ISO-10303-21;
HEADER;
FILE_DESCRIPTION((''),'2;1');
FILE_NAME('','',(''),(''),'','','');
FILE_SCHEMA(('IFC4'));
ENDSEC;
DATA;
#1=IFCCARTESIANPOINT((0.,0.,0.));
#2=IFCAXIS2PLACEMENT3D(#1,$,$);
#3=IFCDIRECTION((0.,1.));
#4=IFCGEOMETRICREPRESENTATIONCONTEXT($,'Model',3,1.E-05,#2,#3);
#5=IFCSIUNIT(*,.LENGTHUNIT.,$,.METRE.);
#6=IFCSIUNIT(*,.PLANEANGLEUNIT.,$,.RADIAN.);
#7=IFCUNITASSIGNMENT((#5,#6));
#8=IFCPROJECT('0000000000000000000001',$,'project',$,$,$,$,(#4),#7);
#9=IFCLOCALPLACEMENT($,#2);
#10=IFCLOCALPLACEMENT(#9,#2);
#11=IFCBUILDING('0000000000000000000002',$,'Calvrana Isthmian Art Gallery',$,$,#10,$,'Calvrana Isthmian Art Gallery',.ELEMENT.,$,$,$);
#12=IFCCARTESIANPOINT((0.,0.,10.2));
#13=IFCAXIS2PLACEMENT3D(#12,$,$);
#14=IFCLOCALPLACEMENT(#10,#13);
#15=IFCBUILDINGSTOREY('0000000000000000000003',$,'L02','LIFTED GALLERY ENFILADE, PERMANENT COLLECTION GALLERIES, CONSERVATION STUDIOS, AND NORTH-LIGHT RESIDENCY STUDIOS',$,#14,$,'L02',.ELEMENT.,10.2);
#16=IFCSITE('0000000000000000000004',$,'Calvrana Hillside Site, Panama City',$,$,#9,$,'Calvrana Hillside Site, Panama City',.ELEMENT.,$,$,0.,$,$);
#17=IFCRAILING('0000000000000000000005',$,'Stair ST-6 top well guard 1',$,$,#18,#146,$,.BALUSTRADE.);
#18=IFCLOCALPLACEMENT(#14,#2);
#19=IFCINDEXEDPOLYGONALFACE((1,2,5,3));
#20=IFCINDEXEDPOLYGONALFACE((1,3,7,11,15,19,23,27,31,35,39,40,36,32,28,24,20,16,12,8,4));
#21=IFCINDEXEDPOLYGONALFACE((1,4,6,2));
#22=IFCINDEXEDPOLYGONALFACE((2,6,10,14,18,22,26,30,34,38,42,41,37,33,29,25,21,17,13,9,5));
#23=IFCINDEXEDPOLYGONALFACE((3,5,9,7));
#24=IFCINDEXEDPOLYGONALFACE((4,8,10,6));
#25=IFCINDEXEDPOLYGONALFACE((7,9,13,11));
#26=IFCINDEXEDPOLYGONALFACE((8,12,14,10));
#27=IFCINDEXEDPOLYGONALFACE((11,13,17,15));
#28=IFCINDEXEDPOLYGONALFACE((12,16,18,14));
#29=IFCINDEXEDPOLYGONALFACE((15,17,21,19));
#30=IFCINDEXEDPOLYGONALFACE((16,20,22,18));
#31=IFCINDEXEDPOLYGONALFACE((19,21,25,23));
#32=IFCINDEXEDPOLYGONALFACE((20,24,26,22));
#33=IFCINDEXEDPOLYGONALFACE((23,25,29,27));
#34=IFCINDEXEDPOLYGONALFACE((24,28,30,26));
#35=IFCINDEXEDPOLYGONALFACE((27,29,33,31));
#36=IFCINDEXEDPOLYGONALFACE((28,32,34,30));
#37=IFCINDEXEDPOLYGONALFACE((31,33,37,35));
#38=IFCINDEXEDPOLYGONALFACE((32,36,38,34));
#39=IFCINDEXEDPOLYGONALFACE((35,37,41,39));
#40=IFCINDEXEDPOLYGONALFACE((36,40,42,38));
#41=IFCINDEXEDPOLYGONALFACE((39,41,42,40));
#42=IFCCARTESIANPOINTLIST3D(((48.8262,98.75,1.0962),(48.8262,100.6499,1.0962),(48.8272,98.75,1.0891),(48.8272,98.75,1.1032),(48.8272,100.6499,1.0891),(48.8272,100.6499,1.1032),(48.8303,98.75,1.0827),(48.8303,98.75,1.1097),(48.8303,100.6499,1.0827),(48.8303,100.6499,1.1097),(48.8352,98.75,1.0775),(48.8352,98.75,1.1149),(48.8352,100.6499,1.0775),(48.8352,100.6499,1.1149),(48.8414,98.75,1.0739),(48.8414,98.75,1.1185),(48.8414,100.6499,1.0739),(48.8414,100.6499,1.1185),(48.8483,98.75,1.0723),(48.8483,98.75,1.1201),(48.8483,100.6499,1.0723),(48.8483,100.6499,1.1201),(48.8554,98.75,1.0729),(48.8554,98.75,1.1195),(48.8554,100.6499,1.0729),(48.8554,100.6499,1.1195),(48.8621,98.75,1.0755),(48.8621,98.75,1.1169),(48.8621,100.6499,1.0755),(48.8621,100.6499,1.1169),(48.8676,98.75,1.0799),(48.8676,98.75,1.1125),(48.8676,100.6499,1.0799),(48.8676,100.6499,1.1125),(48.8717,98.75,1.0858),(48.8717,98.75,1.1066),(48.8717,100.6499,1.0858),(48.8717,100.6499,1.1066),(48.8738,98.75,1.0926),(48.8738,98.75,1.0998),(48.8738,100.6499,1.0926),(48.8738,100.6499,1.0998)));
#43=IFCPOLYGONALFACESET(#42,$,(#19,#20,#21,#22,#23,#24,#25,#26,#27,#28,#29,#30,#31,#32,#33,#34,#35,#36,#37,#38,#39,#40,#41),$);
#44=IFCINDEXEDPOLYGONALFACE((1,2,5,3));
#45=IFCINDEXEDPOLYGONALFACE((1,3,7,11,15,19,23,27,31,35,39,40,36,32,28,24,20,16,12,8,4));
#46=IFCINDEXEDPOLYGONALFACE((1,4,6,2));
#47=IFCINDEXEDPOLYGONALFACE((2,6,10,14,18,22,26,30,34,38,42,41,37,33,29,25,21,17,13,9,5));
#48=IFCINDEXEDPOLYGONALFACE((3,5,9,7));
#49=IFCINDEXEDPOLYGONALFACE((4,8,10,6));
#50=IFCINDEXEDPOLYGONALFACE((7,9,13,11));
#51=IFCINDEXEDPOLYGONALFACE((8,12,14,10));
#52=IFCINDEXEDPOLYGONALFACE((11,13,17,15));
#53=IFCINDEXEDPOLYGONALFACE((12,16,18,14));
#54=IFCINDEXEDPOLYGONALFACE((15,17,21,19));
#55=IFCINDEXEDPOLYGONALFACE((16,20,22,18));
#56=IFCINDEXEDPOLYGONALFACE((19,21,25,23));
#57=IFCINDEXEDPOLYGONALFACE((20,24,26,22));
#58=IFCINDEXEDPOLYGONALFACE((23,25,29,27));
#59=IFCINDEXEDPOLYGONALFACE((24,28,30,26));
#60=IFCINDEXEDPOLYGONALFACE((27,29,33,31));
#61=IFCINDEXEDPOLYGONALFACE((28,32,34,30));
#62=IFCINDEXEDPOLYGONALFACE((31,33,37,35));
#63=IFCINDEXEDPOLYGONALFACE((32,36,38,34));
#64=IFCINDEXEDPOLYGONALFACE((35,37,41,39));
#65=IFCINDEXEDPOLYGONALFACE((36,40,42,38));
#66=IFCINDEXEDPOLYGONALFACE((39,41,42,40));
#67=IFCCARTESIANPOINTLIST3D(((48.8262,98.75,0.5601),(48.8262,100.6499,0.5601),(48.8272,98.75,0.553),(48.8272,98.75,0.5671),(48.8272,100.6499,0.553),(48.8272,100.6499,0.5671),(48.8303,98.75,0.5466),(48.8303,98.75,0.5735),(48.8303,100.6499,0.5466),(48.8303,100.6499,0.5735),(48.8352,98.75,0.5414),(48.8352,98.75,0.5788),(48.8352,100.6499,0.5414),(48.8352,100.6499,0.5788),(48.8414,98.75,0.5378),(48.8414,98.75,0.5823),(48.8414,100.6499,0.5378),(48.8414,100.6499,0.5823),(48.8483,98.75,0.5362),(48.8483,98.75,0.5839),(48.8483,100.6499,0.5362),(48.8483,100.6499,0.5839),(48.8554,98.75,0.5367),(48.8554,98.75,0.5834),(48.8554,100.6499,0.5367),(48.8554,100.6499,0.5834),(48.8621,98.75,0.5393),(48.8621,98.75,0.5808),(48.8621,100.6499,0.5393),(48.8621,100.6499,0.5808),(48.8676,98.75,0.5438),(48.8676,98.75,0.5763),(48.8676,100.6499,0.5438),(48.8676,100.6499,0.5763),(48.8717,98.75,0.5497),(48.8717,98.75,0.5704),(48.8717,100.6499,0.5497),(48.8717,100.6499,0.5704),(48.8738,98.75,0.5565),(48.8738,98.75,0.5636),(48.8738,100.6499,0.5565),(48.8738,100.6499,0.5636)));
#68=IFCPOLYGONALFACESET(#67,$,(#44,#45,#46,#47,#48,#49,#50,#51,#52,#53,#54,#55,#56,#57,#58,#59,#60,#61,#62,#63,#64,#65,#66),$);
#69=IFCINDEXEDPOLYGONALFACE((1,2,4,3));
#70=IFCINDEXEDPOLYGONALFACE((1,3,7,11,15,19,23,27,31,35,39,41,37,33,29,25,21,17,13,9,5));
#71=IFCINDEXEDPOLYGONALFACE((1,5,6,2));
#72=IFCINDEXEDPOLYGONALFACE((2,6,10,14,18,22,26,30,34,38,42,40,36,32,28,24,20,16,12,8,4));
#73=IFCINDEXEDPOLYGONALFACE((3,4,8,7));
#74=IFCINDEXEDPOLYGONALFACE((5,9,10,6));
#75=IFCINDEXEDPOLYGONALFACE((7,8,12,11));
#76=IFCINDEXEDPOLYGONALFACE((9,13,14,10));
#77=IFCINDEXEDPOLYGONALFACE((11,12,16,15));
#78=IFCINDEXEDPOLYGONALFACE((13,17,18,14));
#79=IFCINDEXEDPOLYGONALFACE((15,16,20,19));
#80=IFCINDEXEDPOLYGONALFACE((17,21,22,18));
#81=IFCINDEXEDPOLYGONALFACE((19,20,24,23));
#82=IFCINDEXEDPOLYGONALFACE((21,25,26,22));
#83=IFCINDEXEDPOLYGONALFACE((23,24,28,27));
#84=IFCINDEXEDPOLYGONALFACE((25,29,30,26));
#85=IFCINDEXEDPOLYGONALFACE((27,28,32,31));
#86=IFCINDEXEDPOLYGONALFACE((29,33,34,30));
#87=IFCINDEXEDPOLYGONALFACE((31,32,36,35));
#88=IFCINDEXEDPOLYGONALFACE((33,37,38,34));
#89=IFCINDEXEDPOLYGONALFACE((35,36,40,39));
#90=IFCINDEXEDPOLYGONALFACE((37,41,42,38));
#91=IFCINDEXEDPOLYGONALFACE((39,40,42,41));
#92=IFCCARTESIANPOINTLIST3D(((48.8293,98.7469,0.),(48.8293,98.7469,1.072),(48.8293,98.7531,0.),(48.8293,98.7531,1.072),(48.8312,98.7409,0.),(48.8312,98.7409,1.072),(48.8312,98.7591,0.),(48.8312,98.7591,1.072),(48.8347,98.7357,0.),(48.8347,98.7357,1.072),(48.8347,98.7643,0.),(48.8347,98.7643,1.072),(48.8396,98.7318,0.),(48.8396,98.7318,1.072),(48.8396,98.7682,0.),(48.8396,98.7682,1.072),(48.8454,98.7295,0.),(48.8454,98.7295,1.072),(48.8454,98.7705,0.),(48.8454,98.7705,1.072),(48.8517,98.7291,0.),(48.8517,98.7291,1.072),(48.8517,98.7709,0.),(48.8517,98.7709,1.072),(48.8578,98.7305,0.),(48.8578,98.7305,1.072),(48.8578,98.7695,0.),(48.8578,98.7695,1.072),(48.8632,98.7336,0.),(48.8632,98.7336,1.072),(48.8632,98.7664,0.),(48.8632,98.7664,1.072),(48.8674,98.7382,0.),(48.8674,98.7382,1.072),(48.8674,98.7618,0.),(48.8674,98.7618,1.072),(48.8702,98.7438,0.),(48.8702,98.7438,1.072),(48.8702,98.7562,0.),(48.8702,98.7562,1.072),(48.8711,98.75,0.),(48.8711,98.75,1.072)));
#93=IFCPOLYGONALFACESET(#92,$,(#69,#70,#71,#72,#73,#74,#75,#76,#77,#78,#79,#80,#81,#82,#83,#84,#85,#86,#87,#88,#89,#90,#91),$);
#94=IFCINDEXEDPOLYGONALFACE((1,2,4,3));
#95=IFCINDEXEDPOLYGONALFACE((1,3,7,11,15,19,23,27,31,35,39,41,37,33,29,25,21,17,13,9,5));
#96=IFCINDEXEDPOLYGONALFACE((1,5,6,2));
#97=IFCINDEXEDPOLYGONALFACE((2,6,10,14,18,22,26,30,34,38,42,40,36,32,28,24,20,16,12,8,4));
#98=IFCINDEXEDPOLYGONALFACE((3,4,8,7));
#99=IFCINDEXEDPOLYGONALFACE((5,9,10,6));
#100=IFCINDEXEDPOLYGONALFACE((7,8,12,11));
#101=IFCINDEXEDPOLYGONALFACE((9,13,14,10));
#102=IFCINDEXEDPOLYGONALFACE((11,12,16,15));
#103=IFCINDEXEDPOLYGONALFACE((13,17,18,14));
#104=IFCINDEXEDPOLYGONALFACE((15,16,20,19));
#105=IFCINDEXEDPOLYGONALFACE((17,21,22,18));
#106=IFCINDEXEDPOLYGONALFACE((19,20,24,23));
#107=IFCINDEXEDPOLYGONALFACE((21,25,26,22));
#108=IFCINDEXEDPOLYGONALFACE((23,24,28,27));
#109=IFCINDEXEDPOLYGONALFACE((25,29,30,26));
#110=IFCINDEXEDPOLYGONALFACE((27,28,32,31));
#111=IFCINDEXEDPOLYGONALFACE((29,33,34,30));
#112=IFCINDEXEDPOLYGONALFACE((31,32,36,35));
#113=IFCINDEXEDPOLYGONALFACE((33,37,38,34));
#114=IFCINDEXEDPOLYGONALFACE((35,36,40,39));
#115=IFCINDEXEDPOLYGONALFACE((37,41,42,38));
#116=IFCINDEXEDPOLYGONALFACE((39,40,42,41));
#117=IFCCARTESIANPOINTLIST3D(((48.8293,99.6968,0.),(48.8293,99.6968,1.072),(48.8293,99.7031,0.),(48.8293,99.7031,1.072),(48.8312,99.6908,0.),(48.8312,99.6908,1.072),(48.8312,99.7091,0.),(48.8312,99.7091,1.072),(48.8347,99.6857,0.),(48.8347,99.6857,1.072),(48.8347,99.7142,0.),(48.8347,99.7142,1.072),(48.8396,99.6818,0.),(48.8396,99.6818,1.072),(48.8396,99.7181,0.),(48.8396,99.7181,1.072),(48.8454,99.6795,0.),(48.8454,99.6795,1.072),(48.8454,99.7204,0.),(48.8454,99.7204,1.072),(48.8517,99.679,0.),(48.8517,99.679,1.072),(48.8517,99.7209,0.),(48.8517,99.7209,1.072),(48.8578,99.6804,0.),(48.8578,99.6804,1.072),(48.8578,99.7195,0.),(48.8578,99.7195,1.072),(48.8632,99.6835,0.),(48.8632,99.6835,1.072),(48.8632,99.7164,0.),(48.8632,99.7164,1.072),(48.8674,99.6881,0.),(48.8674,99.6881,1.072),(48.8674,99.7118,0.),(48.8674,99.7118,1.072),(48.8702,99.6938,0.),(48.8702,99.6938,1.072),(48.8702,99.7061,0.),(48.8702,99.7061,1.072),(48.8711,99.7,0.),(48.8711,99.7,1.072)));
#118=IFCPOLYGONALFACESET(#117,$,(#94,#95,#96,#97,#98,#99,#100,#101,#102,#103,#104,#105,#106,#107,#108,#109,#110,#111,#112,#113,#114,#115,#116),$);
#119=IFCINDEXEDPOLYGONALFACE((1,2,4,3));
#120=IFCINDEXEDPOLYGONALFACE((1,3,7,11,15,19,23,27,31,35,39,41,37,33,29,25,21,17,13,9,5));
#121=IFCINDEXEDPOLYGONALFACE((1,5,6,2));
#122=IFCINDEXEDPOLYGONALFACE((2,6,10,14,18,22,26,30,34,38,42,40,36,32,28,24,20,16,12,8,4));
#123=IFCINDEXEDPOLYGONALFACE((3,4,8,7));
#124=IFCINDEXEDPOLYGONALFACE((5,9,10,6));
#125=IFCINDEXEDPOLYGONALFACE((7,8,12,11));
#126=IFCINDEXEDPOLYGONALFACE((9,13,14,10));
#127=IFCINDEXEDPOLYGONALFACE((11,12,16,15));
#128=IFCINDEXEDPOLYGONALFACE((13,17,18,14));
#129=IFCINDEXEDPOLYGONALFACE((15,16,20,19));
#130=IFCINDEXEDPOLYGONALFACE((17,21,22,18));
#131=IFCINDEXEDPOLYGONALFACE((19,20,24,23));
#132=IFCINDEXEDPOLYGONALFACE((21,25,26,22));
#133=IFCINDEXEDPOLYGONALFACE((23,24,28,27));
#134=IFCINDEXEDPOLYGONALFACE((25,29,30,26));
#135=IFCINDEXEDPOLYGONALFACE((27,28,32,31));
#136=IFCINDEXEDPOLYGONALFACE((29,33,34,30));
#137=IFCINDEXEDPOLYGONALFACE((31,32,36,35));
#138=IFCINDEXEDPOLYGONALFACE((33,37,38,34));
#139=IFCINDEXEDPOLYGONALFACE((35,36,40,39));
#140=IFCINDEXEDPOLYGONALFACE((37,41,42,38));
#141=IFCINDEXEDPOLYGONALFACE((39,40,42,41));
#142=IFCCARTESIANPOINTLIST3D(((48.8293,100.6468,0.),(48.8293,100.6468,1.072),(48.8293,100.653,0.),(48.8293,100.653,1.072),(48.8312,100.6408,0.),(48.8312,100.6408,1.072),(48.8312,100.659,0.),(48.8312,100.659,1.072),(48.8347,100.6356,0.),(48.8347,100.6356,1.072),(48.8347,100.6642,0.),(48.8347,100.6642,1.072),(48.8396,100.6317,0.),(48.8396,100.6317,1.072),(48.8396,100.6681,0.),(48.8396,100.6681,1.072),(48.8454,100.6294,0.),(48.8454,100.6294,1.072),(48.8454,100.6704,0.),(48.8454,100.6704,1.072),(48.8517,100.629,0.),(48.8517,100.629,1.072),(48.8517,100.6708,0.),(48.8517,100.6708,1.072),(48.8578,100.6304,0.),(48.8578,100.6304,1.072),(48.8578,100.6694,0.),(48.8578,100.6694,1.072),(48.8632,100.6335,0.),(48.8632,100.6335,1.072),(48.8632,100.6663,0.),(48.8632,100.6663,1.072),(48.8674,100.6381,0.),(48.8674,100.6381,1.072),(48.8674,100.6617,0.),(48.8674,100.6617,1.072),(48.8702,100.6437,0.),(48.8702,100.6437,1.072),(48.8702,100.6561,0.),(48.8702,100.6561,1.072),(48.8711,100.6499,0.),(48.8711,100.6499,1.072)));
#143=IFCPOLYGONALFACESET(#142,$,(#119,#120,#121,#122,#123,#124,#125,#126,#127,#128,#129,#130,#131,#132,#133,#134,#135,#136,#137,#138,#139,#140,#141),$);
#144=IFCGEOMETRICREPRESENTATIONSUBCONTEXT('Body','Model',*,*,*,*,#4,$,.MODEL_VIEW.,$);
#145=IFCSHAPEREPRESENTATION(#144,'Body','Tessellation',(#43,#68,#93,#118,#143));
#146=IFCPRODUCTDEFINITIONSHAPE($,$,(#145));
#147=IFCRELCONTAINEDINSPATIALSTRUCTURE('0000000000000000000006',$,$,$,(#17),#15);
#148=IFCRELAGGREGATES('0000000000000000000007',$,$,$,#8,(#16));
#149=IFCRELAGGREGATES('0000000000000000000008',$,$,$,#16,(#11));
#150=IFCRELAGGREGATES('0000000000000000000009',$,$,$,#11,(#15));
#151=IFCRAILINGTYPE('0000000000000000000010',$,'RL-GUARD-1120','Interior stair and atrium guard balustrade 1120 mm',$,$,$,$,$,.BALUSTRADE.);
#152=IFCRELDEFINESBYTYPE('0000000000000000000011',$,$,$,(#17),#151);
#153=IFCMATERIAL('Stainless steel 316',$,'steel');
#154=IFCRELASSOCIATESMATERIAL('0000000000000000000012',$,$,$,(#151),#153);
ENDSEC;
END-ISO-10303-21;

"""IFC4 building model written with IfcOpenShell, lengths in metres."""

from ifc_helpers import new_model, si_unit, direction, frame, origin, origin_2d, place, context, subcontext, project, spatial, circle, extrude, material, type_object, element, save


model = new_model("IFC4")

# Units and contexts
model_context = context("Model", 3, precision=1e-05, world=origin(), true_north=direction((0.0, 1.0)))
body_context = subcontext(model_context, "Body", "Model", "MODEL_VIEW")
ifc_project = project(units=[si_unit("LENGTHUNIT", "METRE"), si_unit("PLANEANGLEUNIT", "RADIAN")], contexts=[model_context])

# Site, building, storey
site_placement = place(None, origin())
site = spatial("IfcSite", under=ifc_project, at=site_placement, Name="Calvrana Hillside Site, Panama City", LongName="Calvrana Hillside Site, Panama City", CompositionType="ELEMENT", RefElevation=0.0)
building_placement = place(site_placement, origin())
building = spatial("IfcBuilding", under=site, at=building_placement, Name="Calvrana Isthmian Art Gallery", LongName="Calvrana Isthmian Art Gallery", CompositionType="ELEMENT")
storey_placement = place(building_placement, frame((0.0, 0.0, 10.2)))
storey = spatial("IfcBuildingStorey", under=building, at=storey_placement, Name="L02", Description="LIFTED GALLERY ENFILADE, PERMANENT COLLECTION GALLERIES, CONSERVATION STUDIOS, AND NORTH-LIGHT RESIDENCY STUDIOS", LongName="L02", CompositionType="ELEMENT", Elevation=10.2)

# Railing
ifc_material_1 = material(Name="Stainless steel 316", Category="steel")
railing_type = type_object("IfcRailingType", Name="RL-GUARD-1120", Description="Interior stair and atrium guard balustrade 1120 mm", PredefinedType="BALUSTRADE", material=ifc_material_1)
railing_placement = place(storey_placement, frame((48.8501, 98.75, 0.0)))
element("IfcRailing", 1, at=railing_placement, inside=storey, type_object=railing_type, Name="Stair ST-6 top well guard 1", PredefinedType="BALUSTRADE", context=body_context, shape_type="SweptSolid", body=[
    extrude(circle(Radius=0.0239, at=origin_2d()), frame((0.0, 0.0, 1.0962), z_axis=(0.0, 1.0, 0.0), x_axis=(-1.0, 0.0, 0.0)), (0.0, 0.0, 1.0), 1.8999),
    extrude(circle(Radius=0.0239, at=origin_2d()), frame((0.0, 0.0, 0.5601), z_axis=(0.0, 1.0, 0.0), x_axis=(-1.0, 0.0, 0.0)), (0.0, 0.0, 1.0), 1.8999),
    extrude(circle(Radius=0.021, at=origin_2d()), origin(), (0.0, 0.0, 1.0), 1.072),
    extrude(circle(Radius=0.021, at=origin_2d()), frame((0.0, 0.95, 0.0)), (0.0, 0.0, 1.0), 1.072),
    extrude(circle(Radius=0.021, at=origin_2d()), frame((0.0, 1.8999, 0.0)), (0.0, 0.0, 1.0), 1.072),
])

save(model, "model.ifc")
